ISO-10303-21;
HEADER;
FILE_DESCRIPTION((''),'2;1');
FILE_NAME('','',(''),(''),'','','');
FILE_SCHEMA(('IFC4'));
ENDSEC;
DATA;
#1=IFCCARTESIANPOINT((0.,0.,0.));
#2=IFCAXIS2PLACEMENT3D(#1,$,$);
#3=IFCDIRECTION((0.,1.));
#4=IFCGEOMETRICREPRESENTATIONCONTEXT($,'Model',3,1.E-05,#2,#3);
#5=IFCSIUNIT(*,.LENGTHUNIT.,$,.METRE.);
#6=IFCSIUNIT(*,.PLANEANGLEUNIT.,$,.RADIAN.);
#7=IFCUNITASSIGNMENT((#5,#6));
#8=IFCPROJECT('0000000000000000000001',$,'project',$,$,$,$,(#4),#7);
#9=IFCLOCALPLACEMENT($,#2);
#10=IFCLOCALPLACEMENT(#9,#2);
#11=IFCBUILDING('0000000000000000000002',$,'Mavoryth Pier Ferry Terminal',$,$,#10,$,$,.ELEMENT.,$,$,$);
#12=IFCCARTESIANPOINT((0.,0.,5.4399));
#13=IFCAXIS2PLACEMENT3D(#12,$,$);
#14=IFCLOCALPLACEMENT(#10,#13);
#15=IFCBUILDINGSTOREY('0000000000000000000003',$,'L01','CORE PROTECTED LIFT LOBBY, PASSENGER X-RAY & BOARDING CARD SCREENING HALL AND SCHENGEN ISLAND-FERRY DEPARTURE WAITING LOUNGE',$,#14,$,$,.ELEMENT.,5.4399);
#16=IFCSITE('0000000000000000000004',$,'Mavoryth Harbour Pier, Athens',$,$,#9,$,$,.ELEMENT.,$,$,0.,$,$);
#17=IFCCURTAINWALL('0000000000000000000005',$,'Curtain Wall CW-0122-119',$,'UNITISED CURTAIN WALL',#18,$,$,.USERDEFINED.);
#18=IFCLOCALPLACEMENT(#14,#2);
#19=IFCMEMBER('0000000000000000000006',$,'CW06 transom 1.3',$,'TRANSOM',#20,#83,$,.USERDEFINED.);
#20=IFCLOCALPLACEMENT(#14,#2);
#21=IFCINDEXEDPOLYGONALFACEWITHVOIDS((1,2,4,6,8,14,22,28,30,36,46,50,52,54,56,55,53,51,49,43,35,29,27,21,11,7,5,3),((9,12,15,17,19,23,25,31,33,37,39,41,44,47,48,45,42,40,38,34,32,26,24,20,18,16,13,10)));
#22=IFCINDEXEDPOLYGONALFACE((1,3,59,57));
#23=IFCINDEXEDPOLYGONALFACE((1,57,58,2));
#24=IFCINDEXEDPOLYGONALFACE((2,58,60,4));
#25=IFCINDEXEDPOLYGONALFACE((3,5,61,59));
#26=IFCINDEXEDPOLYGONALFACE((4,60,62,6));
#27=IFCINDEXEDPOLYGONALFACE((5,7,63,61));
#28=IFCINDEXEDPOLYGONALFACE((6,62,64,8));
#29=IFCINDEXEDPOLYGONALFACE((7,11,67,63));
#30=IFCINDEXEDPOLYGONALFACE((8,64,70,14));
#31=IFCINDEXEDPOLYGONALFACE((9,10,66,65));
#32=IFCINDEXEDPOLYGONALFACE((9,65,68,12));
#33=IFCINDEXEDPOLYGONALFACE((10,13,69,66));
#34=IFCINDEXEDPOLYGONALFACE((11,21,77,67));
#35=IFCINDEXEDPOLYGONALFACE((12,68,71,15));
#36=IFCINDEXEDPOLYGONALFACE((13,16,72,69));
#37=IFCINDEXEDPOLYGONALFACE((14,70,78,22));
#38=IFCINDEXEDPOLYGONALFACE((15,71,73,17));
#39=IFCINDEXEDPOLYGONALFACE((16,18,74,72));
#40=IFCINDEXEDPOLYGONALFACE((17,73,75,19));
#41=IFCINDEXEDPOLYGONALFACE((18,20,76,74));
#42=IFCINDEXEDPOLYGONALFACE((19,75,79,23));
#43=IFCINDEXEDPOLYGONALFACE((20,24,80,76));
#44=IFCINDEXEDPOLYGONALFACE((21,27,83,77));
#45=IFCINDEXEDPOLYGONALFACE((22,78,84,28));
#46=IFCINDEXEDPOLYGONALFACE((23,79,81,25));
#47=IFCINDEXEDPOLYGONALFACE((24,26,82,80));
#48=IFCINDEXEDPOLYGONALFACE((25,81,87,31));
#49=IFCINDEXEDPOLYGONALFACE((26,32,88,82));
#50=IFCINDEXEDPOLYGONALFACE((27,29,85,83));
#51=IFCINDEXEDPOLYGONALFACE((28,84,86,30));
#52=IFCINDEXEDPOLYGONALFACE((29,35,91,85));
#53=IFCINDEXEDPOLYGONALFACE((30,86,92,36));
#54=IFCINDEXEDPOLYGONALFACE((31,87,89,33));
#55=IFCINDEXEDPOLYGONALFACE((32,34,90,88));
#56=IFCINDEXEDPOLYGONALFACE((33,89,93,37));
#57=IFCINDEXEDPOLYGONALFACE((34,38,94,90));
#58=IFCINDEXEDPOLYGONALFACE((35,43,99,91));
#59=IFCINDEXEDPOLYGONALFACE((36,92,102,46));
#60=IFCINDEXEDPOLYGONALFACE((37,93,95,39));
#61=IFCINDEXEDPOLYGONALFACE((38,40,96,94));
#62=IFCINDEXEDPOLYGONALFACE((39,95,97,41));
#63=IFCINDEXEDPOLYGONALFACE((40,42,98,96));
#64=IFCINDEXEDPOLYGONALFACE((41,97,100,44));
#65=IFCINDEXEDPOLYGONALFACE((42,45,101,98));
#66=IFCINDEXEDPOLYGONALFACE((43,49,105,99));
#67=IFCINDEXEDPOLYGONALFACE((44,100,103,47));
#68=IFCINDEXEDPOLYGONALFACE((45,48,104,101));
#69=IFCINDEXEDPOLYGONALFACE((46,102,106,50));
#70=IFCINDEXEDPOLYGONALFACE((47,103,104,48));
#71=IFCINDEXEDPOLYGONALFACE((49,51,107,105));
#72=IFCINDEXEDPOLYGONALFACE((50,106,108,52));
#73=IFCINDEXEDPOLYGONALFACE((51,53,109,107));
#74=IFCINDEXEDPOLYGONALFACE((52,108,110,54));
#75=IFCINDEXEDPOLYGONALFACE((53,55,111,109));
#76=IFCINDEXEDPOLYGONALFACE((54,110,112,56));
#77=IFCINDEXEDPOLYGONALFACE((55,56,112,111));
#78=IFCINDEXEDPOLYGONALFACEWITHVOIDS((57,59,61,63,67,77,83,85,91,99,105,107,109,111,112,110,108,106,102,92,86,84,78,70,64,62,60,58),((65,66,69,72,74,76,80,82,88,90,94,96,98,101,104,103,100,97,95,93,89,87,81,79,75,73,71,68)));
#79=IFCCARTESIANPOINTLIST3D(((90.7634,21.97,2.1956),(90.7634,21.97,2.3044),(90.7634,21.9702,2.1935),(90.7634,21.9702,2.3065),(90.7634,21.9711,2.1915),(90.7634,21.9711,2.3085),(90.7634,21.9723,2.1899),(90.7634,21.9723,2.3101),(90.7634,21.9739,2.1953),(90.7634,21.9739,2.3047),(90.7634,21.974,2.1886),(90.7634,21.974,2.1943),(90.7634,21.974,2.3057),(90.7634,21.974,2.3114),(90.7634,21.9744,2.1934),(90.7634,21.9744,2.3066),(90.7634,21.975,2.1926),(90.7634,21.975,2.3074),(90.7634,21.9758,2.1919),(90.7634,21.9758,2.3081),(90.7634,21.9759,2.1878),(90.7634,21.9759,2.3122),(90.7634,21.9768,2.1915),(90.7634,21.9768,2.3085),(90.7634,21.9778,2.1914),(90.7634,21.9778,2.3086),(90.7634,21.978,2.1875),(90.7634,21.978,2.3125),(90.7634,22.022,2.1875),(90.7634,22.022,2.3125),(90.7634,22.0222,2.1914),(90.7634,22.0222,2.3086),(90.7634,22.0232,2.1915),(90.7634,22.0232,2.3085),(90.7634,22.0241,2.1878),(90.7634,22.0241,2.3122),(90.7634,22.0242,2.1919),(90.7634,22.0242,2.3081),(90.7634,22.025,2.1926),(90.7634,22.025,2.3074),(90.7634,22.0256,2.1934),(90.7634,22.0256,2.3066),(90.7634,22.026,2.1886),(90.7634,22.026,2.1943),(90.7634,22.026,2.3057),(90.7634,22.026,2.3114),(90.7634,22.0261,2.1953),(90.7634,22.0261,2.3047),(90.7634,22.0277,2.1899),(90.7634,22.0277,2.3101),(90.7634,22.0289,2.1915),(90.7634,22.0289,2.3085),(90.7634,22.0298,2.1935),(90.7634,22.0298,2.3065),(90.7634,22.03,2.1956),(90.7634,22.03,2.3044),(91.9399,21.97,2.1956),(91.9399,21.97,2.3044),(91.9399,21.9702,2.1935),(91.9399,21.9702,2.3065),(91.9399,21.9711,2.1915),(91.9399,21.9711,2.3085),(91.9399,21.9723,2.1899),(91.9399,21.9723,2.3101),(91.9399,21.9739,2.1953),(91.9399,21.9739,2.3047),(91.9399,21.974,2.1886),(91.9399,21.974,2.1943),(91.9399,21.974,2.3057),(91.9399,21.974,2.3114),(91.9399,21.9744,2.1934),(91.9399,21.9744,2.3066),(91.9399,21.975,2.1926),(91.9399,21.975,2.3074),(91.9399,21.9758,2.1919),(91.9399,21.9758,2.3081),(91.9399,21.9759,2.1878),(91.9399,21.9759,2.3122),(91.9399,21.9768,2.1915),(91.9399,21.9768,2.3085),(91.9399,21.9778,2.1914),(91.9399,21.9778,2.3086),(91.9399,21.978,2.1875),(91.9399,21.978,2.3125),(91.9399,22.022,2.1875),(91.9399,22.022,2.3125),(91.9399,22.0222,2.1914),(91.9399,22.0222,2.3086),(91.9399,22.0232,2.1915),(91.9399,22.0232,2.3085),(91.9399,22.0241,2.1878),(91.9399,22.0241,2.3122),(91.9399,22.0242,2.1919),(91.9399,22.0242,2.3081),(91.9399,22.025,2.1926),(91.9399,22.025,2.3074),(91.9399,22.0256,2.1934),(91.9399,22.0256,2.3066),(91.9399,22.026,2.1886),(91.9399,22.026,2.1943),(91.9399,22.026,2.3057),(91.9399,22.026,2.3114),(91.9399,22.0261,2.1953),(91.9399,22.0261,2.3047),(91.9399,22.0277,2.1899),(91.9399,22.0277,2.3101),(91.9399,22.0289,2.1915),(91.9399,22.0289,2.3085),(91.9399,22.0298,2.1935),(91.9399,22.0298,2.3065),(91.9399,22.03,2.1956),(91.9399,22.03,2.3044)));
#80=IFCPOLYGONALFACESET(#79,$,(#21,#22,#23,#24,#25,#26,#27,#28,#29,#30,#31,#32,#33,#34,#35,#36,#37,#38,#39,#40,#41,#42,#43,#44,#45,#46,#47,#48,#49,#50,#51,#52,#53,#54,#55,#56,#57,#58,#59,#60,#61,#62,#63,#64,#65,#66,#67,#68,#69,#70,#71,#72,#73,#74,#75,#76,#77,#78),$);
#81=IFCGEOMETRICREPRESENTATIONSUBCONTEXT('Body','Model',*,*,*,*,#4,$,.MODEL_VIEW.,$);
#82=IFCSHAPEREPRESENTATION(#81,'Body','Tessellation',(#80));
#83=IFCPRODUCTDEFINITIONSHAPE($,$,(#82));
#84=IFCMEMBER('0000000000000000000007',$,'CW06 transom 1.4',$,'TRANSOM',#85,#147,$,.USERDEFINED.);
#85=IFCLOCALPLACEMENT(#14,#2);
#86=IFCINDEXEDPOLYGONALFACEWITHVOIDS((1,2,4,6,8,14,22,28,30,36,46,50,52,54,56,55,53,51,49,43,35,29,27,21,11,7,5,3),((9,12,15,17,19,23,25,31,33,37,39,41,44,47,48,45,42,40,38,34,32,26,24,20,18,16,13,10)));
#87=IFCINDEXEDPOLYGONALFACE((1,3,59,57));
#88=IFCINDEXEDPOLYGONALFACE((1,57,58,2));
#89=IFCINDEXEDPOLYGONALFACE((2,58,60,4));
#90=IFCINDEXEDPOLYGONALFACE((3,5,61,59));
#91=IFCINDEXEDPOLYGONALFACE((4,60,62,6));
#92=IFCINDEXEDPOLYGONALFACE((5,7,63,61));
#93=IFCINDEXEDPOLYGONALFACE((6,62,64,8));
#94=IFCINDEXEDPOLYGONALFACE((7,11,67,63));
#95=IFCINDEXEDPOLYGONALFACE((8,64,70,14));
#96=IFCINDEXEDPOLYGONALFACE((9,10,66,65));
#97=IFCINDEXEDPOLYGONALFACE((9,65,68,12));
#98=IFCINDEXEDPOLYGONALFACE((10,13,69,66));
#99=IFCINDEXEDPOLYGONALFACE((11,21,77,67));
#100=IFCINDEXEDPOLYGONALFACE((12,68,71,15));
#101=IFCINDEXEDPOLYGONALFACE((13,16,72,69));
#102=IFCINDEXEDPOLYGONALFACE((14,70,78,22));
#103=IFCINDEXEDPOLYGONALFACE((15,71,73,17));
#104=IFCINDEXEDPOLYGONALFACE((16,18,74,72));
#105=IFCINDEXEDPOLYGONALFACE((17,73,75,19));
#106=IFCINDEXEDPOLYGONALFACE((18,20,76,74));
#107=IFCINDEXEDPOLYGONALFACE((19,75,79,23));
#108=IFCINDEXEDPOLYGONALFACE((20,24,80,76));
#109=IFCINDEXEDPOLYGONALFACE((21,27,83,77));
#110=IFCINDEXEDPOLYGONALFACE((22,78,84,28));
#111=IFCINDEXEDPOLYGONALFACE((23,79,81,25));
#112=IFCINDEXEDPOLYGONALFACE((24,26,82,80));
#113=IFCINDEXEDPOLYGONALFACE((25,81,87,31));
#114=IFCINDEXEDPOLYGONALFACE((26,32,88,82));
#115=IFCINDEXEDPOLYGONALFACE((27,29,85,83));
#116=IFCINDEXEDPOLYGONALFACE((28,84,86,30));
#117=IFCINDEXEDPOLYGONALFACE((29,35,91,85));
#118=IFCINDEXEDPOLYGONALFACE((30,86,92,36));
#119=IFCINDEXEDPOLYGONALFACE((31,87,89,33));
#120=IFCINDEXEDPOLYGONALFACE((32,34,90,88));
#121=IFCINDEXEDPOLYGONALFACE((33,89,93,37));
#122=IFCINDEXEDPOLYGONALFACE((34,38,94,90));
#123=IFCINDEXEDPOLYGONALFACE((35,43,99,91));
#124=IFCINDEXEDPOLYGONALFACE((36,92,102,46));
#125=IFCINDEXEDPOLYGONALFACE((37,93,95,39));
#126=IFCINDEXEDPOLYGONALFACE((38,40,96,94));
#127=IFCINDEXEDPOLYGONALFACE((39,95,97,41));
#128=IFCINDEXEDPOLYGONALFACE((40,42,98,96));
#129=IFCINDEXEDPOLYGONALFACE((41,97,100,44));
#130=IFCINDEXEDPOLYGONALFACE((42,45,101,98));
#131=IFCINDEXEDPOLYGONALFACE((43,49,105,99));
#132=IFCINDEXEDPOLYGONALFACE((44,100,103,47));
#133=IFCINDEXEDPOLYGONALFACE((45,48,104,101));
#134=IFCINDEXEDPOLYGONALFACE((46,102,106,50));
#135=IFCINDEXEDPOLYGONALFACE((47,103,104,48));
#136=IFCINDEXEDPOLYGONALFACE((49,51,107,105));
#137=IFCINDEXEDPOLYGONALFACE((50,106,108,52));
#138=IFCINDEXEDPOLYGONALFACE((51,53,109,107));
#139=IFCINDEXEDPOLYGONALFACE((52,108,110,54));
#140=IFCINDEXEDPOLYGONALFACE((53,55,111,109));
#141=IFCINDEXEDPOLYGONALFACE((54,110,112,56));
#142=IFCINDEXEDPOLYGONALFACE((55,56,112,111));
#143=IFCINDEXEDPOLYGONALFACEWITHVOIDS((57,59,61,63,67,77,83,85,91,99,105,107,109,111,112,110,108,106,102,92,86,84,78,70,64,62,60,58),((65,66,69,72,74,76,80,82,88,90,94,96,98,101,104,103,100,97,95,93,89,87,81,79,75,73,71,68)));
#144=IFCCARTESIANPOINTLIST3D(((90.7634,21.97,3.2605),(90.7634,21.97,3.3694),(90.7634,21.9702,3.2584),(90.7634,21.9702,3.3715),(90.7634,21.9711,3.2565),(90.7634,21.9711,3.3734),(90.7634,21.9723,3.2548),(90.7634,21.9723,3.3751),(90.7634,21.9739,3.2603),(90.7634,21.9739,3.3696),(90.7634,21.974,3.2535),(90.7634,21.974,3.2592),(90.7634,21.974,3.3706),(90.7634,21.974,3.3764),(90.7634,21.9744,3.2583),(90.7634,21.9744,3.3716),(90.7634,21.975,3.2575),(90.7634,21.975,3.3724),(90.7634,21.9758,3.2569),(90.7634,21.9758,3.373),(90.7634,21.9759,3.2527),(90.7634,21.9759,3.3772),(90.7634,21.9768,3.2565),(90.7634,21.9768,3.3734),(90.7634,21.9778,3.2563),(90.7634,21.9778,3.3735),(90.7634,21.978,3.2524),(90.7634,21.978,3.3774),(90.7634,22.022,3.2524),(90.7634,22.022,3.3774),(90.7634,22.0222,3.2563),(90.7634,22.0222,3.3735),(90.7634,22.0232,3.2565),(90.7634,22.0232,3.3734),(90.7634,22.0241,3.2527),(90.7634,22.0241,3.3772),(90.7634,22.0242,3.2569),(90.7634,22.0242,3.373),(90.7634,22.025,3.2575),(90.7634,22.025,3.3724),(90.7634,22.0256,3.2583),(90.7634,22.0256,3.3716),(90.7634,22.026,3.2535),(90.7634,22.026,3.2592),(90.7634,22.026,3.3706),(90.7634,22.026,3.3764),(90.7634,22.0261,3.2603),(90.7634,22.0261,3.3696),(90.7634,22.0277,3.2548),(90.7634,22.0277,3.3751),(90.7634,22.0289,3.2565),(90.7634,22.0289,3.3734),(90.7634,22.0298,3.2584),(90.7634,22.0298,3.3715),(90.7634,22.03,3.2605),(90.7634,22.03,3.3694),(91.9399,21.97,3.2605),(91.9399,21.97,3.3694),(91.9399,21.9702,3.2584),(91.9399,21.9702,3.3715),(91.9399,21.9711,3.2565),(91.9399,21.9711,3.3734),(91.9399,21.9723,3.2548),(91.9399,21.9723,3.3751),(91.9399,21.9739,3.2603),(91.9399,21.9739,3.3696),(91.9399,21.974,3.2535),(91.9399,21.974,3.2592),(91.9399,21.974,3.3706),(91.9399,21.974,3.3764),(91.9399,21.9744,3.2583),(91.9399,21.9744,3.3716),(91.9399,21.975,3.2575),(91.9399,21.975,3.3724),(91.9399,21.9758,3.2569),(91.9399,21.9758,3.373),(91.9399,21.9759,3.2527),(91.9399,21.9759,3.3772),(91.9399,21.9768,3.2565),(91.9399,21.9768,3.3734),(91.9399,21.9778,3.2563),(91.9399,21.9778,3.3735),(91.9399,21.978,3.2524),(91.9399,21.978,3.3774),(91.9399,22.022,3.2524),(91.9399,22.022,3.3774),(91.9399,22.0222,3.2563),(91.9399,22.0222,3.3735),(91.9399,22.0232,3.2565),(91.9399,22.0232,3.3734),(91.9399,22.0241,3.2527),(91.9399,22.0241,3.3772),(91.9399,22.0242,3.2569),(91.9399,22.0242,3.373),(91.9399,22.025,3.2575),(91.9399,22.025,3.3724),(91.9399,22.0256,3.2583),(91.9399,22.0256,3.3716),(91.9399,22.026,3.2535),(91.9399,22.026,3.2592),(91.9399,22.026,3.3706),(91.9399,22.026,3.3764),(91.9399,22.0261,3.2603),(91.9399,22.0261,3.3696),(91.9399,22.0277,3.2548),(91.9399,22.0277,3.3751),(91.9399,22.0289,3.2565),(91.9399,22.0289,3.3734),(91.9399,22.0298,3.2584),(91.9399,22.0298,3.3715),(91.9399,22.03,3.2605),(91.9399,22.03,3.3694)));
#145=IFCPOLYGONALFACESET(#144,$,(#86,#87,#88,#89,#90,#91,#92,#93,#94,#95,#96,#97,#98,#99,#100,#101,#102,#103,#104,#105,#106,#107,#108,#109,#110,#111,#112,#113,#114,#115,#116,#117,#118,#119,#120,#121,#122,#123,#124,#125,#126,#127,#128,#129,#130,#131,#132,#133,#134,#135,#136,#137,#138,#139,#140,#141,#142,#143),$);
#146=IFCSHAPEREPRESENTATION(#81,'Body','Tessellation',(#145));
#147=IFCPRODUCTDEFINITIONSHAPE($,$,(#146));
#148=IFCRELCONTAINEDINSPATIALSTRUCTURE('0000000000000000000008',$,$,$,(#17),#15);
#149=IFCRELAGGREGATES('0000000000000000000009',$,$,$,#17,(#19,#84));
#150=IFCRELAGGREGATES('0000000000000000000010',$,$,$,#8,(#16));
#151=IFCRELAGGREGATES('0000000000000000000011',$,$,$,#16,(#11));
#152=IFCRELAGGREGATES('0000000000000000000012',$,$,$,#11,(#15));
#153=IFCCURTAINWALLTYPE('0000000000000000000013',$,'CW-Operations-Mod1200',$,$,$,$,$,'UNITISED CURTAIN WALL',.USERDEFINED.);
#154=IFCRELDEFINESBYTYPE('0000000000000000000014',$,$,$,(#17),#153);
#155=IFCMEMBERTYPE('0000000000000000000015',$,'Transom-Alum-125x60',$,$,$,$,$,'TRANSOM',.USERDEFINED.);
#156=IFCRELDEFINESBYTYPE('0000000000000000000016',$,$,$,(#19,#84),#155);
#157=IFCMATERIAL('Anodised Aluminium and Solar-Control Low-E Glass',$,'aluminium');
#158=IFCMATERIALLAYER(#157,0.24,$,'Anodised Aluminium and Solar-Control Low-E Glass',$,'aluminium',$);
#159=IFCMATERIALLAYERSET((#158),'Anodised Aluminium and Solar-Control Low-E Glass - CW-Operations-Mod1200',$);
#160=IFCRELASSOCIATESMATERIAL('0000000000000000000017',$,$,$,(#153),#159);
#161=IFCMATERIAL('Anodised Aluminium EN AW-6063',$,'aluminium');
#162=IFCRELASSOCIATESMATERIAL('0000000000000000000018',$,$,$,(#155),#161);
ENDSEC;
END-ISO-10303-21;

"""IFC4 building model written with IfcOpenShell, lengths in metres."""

from ifc_helpers import new_model, si_unit, direction, frame, origin, origin_2d, place, context, subcontext, project, spatial, hollow_rectangle, extrude, material, layer, layer_set, material_profile, profile_set, type_object, element, aggregate, save


model = new_model("IFC4")

# Units and contexts
model_context = context("Model", 3, precision=1e-05, world=origin(), true_north=direction((0.0, 1.0)))
body_context = subcontext(model_context, "Body", "Model", "MODEL_VIEW")
ifc_project = project(units=[si_unit("LENGTHUNIT", "METRE"), si_unit("PLANEANGLEUNIT", "RADIAN")], contexts=[model_context])

# Site, building, storey
site_placement = place(None, origin())
site = spatial("IfcSite", under=ifc_project, at=site_placement, Name="Mavoryth Harbour Pier, Athens", CompositionType="ELEMENT", RefElevation=0.0)
building_placement = place(site_placement, origin())
building = spatial("IfcBuilding", under=site, at=building_placement, Name="Mavoryth Pier Ferry Terminal", CompositionType="ELEMENT")
storey_placement = place(building_placement, frame((0.0, 0.0, 5.4399)))
storey = spatial("IfcBuildingStorey", under=building, at=storey_placement, Name="L01", Description="CORE PROTECTED LIFT LOBBY, PASSENGER X-RAY & BOARDING CARD SCREENING HALL AND SCHENGEN ISLAND-FERRY DEPARTURE WAITING LOUNGE", CompositionType="ELEMENT", Elevation=5.4399)

# Curtain wall
ifc_material_1 = material(Name="Anodised Aluminium and Solar-Control Low-E Glass", Category="aluminium")
ifc_layer_1 = layer(ifc_material_1, 0.24, Name="Anodised Aluminium and Solar-Control Low-E Glass", Category="aluminium")
ifc_layer_set_1 = layer_set([ifc_layer_1], Name="Anodised Aluminium and Solar-Control Low-E Glass - CW-Operations-Mod1200")
curtain_wall_type = type_object("IfcCurtainWallType", Name="CW-Operations-Mod1200", ElementType="UNITISED CURTAIN WALL", PredefinedType="USERDEFINED", material=ifc_layer_set_1)
curtain_wall_placement = place(storey_placement, origin())
curtain_wall = element("IfcCurtainWall", 1, at=curtain_wall_placement, inside=storey, type_object=curtain_wall_type, Name="Curtain Wall CW-0122-119", ObjectType="UNITISED CURTAIN WALL", PredefinedType="USERDEFINED")
ifc_material_2 = material(Name="Anodised Aluminium EN AW-6063", Category="aluminium")

# Members
ifc_material_profile_1 = material_profile(ifc_material_2, hollow_rectangle(XDim=0.0601, YDim=0.125, WallThickness=0.0039, InnerFilletRadius=0.0039, OuterFilletRadius=0.0081, at=origin_2d()), Name="AL-TRAN 125x60x4", Category="aluminium")
ifc_profile_set_1 = profile_set([ifc_material_profile_1], Name="Anodised Aluminium EN AW-6063 - AL-TRAN 125x60x4")
member_type_1 = type_object("IfcMemberType", Name="Transom-Alum-125x60", ElementType="TRANSOM", PredefinedType="USERDEFINED", material=ifc_profile_set_1)
member_1_placement = place(storey_placement, frame((91.9399, 22.0, 2.25), z_axis=(-1.0, 0.0, 0.0), x_axis=(0.0, -1.0, 0.0)))
member_1 = element("IfcMember", 2, at=member_1_placement, type_object=member_type_1, Name="CW06 transom 1.3", ObjectType="TRANSOM", PredefinedType="USERDEFINED", context=body_context, shape_type="SweptSolid", body=[
    extrude(hollow_rectangle(XDim=0.0601, YDim=0.125, WallThickness=0.0039, InnerFilletRadius=0.0039, OuterFilletRadius=0.0081, at=origin_2d()), origin(), (0.0, 0.0, 1.0), 1.1765),
])
member_2_placement = place(storey_placement, frame((91.9399, 22.0, 3.3149), z_axis=(-1.0, 0.0, 0.0), x_axis=(0.0, -1.0, 0.0)))
member_2 = element("IfcMember", 3, at=member_2_placement, type_object=member_type_1, Name="CW06 transom 1.4", ObjectType="TRANSOM", PredefinedType="USERDEFINED", context=body_context, shape_type="SweptSolid", body=[
    extrude(hollow_rectangle(XDim=0.0601, YDim=0.125, WallThickness=0.0039, InnerFilletRadius=0.0039, OuterFilletRadius=0.0081, at=origin_2d()), origin(), (0.0, 0.0, 1.0), 1.1765),
])

aggregate(curtain_wall, [member_1, member_2])

save(model, "model.ifc")
